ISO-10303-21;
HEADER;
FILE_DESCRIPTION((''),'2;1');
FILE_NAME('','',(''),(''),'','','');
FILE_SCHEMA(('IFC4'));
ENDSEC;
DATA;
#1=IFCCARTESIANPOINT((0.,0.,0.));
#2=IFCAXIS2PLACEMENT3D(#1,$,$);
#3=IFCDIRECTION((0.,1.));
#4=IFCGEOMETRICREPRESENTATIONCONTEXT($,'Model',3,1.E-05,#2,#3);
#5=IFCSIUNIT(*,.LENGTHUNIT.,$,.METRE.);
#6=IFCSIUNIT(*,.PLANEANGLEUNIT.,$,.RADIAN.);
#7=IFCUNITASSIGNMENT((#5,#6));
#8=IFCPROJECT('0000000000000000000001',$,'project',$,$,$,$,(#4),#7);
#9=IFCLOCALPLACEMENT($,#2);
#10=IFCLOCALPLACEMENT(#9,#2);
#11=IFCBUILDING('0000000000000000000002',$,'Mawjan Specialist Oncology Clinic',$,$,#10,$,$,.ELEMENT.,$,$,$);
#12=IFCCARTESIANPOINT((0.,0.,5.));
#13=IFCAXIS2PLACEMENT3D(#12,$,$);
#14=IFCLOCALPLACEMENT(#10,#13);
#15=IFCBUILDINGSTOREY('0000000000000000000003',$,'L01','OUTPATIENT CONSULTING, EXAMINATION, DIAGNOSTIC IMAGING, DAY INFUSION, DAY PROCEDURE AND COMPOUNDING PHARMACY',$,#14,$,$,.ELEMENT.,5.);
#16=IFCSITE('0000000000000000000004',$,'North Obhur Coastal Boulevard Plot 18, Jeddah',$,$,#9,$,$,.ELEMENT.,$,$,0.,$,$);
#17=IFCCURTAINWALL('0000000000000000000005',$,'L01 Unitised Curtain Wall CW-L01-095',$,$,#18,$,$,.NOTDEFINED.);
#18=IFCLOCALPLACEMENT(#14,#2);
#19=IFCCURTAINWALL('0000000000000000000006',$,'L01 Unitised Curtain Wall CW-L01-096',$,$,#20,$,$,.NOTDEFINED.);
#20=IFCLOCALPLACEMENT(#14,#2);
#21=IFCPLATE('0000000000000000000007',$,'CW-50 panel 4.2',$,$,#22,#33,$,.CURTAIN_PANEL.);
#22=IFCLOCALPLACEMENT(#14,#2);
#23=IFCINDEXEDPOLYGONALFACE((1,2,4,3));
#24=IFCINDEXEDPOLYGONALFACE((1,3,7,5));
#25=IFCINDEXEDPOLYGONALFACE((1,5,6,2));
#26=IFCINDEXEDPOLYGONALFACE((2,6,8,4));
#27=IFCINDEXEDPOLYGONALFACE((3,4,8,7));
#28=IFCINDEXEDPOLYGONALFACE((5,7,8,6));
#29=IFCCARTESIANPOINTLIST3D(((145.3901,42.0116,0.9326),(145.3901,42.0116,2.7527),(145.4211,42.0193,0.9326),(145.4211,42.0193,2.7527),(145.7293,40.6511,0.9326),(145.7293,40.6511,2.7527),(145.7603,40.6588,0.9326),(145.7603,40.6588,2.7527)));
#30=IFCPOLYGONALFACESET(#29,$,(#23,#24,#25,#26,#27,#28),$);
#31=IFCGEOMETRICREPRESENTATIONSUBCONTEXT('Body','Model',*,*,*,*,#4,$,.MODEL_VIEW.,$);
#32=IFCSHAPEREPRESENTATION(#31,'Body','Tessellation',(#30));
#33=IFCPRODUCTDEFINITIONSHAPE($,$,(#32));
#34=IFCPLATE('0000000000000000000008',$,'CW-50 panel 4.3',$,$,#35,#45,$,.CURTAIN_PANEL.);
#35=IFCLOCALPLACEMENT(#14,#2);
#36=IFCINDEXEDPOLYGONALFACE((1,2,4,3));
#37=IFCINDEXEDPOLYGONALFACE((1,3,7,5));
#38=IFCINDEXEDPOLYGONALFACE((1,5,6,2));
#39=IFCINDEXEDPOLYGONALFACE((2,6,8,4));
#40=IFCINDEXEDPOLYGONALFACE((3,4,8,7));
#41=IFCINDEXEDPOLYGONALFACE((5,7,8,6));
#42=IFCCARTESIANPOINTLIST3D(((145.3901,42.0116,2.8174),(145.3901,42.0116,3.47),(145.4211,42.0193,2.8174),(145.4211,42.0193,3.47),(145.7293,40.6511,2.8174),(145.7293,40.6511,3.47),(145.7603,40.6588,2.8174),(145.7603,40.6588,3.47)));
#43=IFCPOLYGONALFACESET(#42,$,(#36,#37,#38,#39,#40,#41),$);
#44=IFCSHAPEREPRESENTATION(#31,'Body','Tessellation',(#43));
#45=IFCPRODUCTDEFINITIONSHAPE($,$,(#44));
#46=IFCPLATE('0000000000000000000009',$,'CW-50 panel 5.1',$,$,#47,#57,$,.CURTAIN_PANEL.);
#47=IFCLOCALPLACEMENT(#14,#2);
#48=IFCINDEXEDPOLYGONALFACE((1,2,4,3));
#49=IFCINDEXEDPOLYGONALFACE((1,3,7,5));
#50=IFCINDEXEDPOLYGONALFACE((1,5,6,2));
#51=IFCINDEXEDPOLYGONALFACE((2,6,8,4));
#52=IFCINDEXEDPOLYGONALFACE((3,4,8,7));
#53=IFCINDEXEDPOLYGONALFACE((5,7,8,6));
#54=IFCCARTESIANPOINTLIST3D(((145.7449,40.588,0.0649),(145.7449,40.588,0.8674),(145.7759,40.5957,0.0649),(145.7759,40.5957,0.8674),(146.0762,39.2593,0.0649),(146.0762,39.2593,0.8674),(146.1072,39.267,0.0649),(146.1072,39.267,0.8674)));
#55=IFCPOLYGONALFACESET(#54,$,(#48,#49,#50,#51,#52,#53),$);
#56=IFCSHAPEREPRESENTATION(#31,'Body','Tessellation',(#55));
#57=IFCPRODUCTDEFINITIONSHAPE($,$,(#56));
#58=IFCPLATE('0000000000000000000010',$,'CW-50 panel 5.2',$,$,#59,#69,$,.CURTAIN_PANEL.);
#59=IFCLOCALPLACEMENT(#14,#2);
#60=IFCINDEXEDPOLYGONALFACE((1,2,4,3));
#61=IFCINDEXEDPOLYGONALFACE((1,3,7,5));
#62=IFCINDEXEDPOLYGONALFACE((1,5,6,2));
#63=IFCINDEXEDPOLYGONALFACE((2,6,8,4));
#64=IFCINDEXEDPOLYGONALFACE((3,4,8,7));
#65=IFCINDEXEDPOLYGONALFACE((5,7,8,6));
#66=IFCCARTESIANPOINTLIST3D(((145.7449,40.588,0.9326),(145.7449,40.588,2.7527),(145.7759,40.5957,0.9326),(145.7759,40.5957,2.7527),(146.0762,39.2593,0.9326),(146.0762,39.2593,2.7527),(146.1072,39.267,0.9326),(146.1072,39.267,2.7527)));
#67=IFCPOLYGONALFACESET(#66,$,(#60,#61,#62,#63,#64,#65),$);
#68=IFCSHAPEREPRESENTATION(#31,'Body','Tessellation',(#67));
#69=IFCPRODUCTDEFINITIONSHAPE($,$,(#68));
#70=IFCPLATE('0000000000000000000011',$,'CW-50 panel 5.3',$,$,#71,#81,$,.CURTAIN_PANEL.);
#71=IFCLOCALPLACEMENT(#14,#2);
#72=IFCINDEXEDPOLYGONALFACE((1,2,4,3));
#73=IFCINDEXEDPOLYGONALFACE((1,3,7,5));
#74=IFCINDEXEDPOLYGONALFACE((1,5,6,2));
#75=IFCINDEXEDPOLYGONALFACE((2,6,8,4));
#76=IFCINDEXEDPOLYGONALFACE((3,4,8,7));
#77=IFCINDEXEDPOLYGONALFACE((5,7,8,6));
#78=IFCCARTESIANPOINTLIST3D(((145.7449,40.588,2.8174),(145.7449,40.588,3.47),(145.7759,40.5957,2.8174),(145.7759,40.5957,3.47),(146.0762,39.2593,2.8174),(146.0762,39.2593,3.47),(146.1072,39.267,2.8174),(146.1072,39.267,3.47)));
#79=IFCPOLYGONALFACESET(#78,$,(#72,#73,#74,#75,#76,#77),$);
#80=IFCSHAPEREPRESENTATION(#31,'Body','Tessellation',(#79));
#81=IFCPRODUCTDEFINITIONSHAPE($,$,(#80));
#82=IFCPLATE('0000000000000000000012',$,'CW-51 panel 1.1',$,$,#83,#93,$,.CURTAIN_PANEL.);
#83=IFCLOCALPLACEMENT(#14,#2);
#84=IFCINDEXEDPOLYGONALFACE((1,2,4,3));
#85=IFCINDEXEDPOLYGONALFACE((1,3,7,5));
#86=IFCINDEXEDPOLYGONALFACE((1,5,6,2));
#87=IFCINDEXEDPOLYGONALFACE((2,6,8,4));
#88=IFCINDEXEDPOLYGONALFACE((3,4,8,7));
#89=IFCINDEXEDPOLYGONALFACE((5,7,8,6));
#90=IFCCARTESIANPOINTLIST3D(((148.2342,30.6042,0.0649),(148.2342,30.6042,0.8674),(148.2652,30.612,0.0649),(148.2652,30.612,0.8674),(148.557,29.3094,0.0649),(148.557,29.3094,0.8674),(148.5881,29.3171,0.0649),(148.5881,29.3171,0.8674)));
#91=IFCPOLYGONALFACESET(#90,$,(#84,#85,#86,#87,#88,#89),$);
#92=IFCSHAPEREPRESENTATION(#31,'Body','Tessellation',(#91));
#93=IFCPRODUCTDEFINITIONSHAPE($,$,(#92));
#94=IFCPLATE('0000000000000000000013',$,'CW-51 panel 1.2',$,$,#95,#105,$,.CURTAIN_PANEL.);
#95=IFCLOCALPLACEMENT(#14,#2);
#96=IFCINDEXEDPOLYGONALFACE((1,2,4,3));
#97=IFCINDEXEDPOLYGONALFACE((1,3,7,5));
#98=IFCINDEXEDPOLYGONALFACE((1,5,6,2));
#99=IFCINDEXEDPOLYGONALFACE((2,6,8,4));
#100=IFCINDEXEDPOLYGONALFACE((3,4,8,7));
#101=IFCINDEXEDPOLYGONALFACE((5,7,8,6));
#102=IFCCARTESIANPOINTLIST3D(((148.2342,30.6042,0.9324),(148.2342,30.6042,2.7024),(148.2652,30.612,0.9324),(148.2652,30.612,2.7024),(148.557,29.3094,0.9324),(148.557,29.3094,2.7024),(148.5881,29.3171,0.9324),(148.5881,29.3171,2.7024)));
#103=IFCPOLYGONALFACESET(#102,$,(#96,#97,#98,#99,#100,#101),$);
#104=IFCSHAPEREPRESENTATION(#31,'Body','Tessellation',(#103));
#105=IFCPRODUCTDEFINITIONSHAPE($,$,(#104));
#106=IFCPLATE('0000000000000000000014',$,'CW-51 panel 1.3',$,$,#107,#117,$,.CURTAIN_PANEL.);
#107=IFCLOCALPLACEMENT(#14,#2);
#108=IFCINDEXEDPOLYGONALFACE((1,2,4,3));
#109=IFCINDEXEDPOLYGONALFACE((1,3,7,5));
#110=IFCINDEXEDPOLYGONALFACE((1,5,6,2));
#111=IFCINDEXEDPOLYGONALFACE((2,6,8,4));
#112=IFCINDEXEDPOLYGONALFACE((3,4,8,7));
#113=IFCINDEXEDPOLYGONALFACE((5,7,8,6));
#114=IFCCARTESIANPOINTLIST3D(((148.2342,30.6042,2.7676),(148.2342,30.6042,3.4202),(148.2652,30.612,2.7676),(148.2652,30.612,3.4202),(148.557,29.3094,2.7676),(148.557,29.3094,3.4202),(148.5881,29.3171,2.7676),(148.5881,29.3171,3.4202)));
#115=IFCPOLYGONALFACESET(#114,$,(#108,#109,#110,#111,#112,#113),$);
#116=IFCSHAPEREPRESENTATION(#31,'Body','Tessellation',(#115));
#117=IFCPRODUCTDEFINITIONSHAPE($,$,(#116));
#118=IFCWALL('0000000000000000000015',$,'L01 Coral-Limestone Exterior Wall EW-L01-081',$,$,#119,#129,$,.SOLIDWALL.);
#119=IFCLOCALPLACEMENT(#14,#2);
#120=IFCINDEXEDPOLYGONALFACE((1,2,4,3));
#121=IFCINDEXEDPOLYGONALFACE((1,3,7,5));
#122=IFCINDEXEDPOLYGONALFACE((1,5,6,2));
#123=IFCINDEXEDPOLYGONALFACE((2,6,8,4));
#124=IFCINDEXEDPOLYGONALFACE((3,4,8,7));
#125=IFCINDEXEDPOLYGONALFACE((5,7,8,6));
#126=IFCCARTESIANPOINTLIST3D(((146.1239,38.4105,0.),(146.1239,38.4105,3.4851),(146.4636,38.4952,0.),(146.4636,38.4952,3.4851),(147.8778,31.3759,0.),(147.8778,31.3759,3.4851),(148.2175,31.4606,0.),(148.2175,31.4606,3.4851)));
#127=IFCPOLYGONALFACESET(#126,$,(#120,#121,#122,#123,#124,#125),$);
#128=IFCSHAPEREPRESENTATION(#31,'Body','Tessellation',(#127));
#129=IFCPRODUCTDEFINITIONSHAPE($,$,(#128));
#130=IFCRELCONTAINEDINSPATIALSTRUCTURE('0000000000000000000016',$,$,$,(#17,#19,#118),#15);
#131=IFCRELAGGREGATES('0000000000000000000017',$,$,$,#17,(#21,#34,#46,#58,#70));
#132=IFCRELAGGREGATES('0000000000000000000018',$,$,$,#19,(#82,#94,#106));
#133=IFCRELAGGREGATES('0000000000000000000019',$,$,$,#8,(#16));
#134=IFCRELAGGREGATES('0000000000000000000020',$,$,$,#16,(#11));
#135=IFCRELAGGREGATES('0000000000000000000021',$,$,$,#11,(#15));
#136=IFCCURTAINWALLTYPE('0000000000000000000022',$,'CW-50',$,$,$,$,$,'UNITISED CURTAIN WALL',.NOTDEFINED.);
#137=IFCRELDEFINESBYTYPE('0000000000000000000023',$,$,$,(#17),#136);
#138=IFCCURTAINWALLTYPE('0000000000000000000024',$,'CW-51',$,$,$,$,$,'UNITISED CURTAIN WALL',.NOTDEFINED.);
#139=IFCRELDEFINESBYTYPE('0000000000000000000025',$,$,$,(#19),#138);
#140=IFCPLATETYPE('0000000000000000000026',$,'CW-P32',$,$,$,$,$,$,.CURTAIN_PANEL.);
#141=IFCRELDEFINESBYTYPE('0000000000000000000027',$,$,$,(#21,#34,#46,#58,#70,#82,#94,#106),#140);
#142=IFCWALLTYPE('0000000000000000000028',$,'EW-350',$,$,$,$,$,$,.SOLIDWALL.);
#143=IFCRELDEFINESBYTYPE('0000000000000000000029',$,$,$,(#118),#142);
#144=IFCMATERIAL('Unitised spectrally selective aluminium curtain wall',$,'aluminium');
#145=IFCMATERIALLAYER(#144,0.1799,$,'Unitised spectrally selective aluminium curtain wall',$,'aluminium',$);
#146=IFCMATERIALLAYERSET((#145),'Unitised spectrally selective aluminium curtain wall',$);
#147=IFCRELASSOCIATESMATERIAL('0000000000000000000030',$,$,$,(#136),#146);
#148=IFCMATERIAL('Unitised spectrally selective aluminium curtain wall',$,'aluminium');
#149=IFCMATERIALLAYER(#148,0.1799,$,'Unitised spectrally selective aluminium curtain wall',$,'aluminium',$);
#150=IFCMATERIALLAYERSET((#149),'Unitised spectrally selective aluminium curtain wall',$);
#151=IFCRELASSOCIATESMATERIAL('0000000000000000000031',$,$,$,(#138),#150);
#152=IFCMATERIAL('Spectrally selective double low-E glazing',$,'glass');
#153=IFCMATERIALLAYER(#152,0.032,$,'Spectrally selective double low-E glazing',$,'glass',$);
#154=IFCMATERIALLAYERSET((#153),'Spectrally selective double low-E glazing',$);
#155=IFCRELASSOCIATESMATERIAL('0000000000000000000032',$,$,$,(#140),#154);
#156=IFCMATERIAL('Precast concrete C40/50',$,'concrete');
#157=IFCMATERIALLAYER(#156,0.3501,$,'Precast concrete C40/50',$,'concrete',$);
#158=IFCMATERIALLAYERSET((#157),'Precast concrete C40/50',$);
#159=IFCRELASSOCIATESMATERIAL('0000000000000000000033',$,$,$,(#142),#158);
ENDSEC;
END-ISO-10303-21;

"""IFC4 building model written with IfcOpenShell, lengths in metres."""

from ifc_helpers import new_model, si_unit, direction, frame, frame_2d, origin, origin_2d, place, context, subcontext, project, spatial, rectangle, extrude, material, layer, layer_set, type_object, element, aggregate, save


model = new_model("IFC4")

# Units and contexts
model_context = context("Model", 3, precision=1e-05, world=origin(), true_north=direction((0.0, 1.0)))
body_context = subcontext(model_context, "Body", "Model", "MODEL_VIEW")
ifc_project = project(units=[si_unit("LENGTHUNIT", "METRE"), si_unit("PLANEANGLEUNIT", "RADIAN")], contexts=[model_context])

# Site, building, storey
site_placement = place(None, origin())
site = spatial("IfcSite", under=ifc_project, at=site_placement, Name="North Obhur Coastal Boulevard Plot 18, Jeddah", CompositionType="ELEMENT", RefElevation=0.0)
building_placement = place(site_placement, origin())
building = spatial("IfcBuilding", under=site, at=building_placement, Name="Mawjan Specialist Oncology Clinic", CompositionType="ELEMENT")
storey_placement = place(building_placement, frame((0.0, 0.0, 5.0)))
storey = spatial("IfcBuildingStorey", under=building, at=storey_placement, Name="L01", Description="OUTPATIENT CONSULTING, EXAMINATION, DIAGNOSTIC IMAGING, DAY INFUSION, DAY PROCEDURE AND COMPOUNDING PHARMACY", CompositionType="ELEMENT", Elevation=5.0)

# Curtain walls
ifc_material_1 = material(Name="Unitised spectrally selective aluminium curtain wall", Category="aluminium")
ifc_layer_1 = layer(ifc_material_1, 0.1799, Name="Unitised spectrally selective aluminium curtain wall", Category="aluminium")
ifc_layer_set_1 = layer_set([ifc_layer_1], Name="Unitised spectrally selective aluminium curtain wall")
curtain_wall_type_1 = type_object("IfcCurtainWallType", Name="CW-50", ElementType="UNITISED CURTAIN WALL", PredefinedType="NOTDEFINED", material=ifc_layer_set_1)
curtain_wall_1_placement = place(storey_placement, origin())
curtain_wall_1 = element("IfcCurtainWall", 1, at=curtain_wall_1_placement, inside=storey, type_object=curtain_wall_type_1, Name="L01 Unitised Curtain Wall CW-L01-095", PredefinedType="NOTDEFINED")
ifc_material_2 = material(Name="Unitised spectrally selective aluminium curtain wall", Category="aluminium")
ifc_layer_2 = layer(ifc_material_2, 0.1799, Name="Unitised spectrally selective aluminium curtain wall", Category="aluminium")
ifc_layer_set_2 = layer_set([ifc_layer_2], Name="Unitised spectrally selective aluminium curtain wall")
curtain_wall_type_2 = type_object("IfcCurtainWallType", Name="CW-51", ElementType="UNITISED CURTAIN WALL", PredefinedType="NOTDEFINED", material=ifc_layer_set_2)
curtain_wall_2_placement = place(storey_placement, origin())
curtain_wall_2 = element("IfcCurtainWall", 2, at=curtain_wall_2_placement, inside=storey, type_object=curtain_wall_type_2, Name="L01 Unitised Curtain Wall CW-L01-096", PredefinedType="NOTDEFINED")

# Plates
ifc_material_3 = material(Name="Spectrally selective double low-E glazing", Category="glass")
ifc_layer_3 = layer(ifc_material_3, 0.032, Name="Spectrally selective double low-E glazing", Category="glass")
ifc_layer_set_3 = layer_set([ifc_layer_3], Name="Spectrally selective double low-E glazing")
plate_type = type_object("IfcPlateType", Name="CW-P32", PredefinedType="CURTAIN_PANEL", material=ifc_layer_set_3)
plate_1_placement = place(storey_placement, frame((145.5752, 41.3352, 0.9326), z_axis=(0.0, 0.0, 1.0), x_axis=(0.241922, -0.970296, 0.0)))
plate_1 = element("IfcPlate", 3, at=plate_1_placement, type_object=plate_type, Name="CW-50 panel 4.2", PredefinedType="CURTAIN_PANEL", context=body_context, shape_type="SweptSolid", body=[
    extrude(rectangle(XDim=1.4021, YDim=0.032, at=origin_2d()), origin(), (0.0, 0.0, 1.0), 1.8201),
])
plate_2_placement = place(storey_placement, frame((145.5752, 41.3352, 2.8174), z_axis=(0.0, 0.0, 1.0), x_axis=(0.241922, -0.970296, 0.0)))
plate_2 = element("IfcPlate", 4, at=plate_2_placement, type_object=plate_type, Name="CW-50 panel 4.3", PredefinedType="CURTAIN_PANEL", context=body_context, shape_type="SweptSolid", body=[
    extrude(rectangle(XDim=1.4021, YDim=0.032, at=origin_2d()), origin(), (0.0, 0.0, 1.0), 0.6526),
])
plate_3_placement = place(storey_placement, frame((145.926, 39.9275, 0.0649), z_axis=(0.0, 0.0, 1.0), x_axis=(0.241922, -0.970296, 0.0)))
plate_3 = element("IfcPlate", 5, at=plate_3_placement, type_object=plate_type, Name="CW-50 panel 5.1", PredefinedType="CURTAIN_PANEL", context=body_context, shape_type="SweptSolid", body=[
    extrude(rectangle(XDim=1.3694, YDim=0.032, at=origin_2d()), origin(), (0.0, 0.0, 1.0), 0.8025),
])
plate_4_placement = place(storey_placement, frame((145.926, 39.9275, 0.9326), z_axis=(0.0, 0.0, 1.0), x_axis=(0.241922, -0.970296, 0.0)))
plate_4 = element("IfcPlate", 6, at=plate_4_placement, type_object=plate_type, Name="CW-50 panel 5.2", PredefinedType="CURTAIN_PANEL", context=body_context, shape_type="SweptSolid", body=[
    extrude(rectangle(XDim=1.3694, YDim=0.032, at=origin_2d()), origin(), (0.0, 0.0, 1.0), 1.8201),
])
plate_5_placement = place(storey_placement, frame((145.926, 39.9275, 2.8174), z_axis=(0.0, 0.0, 1.0), x_axis=(0.241922, -0.970296, 0.0)))
plate_5 = element("IfcPlate", 7, at=plate_5_placement, type_object=plate_type, Name="CW-50 panel 5.3", PredefinedType="CURTAIN_PANEL", context=body_context, shape_type="SweptSolid", body=[
    extrude(rectangle(XDim=1.3694, YDim=0.032, at=origin_2d()), origin(), (0.0, 0.0, 1.0), 0.6526),
])
aggregate(curtain_wall_1, [plate_1, plate_2, plate_3, plate_4, plate_5])
plate_6_placement = place(storey_placement, frame((148.4111, 29.9607, 0.0649), z_axis=(0.0, 0.0, 1.0), x_axis=(0.241922, -0.970296, 0.0)))
plate_6 = element("IfcPlate", 8, at=plate_6_placement, type_object=plate_type, Name="CW-51 panel 1.1", PredefinedType="CURTAIN_PANEL", context=body_context, shape_type="SweptSolid", body=[
    extrude(rectangle(XDim=1.3345, YDim=0.032, at=origin_2d()), origin(), (0.0, 0.0, 1.0), 0.8025),
])
plate_7_placement = place(storey_placement, frame((148.4111, 29.9607, 0.9324), z_axis=(0.0, 0.0, 1.0), x_axis=(0.241922, -0.970296, 0.0)))
plate_7 = element("IfcPlate", 9, at=plate_7_placement, type_object=plate_type, Name="CW-51 panel 1.2", PredefinedType="CURTAIN_PANEL", context=body_context, shape_type="SweptSolid", body=[
    extrude(rectangle(XDim=1.3345, YDim=0.032, at=origin_2d()), origin(), (0.0, 0.0, 1.0), 1.77),
])
plate_8_placement = place(storey_placement, frame((148.4111, 29.9607, 2.7676), z_axis=(0.0, 0.0, 1.0), x_axis=(0.241922, -0.970296, 0.0)))
plate_8 = element("IfcPlate", 10, at=plate_8_placement, type_object=plate_type, Name="CW-51 panel 1.3", PredefinedType="CURTAIN_PANEL", context=body_context, shape_type="SweptSolid", body=[
    extrude(rectangle(XDim=1.3345, YDim=0.032, at=origin_2d()), origin(), (0.0, 0.0, 1.0), 0.6526),
])
aggregate(curtain_wall_2, [plate_6, plate_7, plate_8])

# Wall
ifc_material_4 = material(Name="Precast concrete C40/50", Category="concrete")
ifc_layer_4 = layer(ifc_material_4, 0.3501, Name="Precast concrete C40/50", Category="concrete")
ifc_layer_set_4 = layer_set([ifc_layer_4], Name="Precast concrete C40/50")
wall_type = type_object("IfcWallType", Name="EW-350", PredefinedType="SOLIDWALL", material=ifc_layer_set_4)
wall_placement = place(storey_placement, frame((146.2937, 38.4529, 0.0), z_axis=(0.0, 0.0, 1.0), x_axis=(0.241918, -0.970297, 0.0)))
element("IfcWall", 11, at=wall_placement, inside=storey, type_object=wall_type, Name="L01 Coral-Limestone Exterior Wall EW-L01-081", PredefinedType="SOLIDWALL", context=body_context, shape_type="SweptSolid", body=[
    extrude(rectangle(XDim=7.25, YDim=0.3501, at=frame_2d((3.625, 0.0))), origin(), (0.0, 0.0, 1.0), 3.4851),
])

save(model, "model.ifc")
